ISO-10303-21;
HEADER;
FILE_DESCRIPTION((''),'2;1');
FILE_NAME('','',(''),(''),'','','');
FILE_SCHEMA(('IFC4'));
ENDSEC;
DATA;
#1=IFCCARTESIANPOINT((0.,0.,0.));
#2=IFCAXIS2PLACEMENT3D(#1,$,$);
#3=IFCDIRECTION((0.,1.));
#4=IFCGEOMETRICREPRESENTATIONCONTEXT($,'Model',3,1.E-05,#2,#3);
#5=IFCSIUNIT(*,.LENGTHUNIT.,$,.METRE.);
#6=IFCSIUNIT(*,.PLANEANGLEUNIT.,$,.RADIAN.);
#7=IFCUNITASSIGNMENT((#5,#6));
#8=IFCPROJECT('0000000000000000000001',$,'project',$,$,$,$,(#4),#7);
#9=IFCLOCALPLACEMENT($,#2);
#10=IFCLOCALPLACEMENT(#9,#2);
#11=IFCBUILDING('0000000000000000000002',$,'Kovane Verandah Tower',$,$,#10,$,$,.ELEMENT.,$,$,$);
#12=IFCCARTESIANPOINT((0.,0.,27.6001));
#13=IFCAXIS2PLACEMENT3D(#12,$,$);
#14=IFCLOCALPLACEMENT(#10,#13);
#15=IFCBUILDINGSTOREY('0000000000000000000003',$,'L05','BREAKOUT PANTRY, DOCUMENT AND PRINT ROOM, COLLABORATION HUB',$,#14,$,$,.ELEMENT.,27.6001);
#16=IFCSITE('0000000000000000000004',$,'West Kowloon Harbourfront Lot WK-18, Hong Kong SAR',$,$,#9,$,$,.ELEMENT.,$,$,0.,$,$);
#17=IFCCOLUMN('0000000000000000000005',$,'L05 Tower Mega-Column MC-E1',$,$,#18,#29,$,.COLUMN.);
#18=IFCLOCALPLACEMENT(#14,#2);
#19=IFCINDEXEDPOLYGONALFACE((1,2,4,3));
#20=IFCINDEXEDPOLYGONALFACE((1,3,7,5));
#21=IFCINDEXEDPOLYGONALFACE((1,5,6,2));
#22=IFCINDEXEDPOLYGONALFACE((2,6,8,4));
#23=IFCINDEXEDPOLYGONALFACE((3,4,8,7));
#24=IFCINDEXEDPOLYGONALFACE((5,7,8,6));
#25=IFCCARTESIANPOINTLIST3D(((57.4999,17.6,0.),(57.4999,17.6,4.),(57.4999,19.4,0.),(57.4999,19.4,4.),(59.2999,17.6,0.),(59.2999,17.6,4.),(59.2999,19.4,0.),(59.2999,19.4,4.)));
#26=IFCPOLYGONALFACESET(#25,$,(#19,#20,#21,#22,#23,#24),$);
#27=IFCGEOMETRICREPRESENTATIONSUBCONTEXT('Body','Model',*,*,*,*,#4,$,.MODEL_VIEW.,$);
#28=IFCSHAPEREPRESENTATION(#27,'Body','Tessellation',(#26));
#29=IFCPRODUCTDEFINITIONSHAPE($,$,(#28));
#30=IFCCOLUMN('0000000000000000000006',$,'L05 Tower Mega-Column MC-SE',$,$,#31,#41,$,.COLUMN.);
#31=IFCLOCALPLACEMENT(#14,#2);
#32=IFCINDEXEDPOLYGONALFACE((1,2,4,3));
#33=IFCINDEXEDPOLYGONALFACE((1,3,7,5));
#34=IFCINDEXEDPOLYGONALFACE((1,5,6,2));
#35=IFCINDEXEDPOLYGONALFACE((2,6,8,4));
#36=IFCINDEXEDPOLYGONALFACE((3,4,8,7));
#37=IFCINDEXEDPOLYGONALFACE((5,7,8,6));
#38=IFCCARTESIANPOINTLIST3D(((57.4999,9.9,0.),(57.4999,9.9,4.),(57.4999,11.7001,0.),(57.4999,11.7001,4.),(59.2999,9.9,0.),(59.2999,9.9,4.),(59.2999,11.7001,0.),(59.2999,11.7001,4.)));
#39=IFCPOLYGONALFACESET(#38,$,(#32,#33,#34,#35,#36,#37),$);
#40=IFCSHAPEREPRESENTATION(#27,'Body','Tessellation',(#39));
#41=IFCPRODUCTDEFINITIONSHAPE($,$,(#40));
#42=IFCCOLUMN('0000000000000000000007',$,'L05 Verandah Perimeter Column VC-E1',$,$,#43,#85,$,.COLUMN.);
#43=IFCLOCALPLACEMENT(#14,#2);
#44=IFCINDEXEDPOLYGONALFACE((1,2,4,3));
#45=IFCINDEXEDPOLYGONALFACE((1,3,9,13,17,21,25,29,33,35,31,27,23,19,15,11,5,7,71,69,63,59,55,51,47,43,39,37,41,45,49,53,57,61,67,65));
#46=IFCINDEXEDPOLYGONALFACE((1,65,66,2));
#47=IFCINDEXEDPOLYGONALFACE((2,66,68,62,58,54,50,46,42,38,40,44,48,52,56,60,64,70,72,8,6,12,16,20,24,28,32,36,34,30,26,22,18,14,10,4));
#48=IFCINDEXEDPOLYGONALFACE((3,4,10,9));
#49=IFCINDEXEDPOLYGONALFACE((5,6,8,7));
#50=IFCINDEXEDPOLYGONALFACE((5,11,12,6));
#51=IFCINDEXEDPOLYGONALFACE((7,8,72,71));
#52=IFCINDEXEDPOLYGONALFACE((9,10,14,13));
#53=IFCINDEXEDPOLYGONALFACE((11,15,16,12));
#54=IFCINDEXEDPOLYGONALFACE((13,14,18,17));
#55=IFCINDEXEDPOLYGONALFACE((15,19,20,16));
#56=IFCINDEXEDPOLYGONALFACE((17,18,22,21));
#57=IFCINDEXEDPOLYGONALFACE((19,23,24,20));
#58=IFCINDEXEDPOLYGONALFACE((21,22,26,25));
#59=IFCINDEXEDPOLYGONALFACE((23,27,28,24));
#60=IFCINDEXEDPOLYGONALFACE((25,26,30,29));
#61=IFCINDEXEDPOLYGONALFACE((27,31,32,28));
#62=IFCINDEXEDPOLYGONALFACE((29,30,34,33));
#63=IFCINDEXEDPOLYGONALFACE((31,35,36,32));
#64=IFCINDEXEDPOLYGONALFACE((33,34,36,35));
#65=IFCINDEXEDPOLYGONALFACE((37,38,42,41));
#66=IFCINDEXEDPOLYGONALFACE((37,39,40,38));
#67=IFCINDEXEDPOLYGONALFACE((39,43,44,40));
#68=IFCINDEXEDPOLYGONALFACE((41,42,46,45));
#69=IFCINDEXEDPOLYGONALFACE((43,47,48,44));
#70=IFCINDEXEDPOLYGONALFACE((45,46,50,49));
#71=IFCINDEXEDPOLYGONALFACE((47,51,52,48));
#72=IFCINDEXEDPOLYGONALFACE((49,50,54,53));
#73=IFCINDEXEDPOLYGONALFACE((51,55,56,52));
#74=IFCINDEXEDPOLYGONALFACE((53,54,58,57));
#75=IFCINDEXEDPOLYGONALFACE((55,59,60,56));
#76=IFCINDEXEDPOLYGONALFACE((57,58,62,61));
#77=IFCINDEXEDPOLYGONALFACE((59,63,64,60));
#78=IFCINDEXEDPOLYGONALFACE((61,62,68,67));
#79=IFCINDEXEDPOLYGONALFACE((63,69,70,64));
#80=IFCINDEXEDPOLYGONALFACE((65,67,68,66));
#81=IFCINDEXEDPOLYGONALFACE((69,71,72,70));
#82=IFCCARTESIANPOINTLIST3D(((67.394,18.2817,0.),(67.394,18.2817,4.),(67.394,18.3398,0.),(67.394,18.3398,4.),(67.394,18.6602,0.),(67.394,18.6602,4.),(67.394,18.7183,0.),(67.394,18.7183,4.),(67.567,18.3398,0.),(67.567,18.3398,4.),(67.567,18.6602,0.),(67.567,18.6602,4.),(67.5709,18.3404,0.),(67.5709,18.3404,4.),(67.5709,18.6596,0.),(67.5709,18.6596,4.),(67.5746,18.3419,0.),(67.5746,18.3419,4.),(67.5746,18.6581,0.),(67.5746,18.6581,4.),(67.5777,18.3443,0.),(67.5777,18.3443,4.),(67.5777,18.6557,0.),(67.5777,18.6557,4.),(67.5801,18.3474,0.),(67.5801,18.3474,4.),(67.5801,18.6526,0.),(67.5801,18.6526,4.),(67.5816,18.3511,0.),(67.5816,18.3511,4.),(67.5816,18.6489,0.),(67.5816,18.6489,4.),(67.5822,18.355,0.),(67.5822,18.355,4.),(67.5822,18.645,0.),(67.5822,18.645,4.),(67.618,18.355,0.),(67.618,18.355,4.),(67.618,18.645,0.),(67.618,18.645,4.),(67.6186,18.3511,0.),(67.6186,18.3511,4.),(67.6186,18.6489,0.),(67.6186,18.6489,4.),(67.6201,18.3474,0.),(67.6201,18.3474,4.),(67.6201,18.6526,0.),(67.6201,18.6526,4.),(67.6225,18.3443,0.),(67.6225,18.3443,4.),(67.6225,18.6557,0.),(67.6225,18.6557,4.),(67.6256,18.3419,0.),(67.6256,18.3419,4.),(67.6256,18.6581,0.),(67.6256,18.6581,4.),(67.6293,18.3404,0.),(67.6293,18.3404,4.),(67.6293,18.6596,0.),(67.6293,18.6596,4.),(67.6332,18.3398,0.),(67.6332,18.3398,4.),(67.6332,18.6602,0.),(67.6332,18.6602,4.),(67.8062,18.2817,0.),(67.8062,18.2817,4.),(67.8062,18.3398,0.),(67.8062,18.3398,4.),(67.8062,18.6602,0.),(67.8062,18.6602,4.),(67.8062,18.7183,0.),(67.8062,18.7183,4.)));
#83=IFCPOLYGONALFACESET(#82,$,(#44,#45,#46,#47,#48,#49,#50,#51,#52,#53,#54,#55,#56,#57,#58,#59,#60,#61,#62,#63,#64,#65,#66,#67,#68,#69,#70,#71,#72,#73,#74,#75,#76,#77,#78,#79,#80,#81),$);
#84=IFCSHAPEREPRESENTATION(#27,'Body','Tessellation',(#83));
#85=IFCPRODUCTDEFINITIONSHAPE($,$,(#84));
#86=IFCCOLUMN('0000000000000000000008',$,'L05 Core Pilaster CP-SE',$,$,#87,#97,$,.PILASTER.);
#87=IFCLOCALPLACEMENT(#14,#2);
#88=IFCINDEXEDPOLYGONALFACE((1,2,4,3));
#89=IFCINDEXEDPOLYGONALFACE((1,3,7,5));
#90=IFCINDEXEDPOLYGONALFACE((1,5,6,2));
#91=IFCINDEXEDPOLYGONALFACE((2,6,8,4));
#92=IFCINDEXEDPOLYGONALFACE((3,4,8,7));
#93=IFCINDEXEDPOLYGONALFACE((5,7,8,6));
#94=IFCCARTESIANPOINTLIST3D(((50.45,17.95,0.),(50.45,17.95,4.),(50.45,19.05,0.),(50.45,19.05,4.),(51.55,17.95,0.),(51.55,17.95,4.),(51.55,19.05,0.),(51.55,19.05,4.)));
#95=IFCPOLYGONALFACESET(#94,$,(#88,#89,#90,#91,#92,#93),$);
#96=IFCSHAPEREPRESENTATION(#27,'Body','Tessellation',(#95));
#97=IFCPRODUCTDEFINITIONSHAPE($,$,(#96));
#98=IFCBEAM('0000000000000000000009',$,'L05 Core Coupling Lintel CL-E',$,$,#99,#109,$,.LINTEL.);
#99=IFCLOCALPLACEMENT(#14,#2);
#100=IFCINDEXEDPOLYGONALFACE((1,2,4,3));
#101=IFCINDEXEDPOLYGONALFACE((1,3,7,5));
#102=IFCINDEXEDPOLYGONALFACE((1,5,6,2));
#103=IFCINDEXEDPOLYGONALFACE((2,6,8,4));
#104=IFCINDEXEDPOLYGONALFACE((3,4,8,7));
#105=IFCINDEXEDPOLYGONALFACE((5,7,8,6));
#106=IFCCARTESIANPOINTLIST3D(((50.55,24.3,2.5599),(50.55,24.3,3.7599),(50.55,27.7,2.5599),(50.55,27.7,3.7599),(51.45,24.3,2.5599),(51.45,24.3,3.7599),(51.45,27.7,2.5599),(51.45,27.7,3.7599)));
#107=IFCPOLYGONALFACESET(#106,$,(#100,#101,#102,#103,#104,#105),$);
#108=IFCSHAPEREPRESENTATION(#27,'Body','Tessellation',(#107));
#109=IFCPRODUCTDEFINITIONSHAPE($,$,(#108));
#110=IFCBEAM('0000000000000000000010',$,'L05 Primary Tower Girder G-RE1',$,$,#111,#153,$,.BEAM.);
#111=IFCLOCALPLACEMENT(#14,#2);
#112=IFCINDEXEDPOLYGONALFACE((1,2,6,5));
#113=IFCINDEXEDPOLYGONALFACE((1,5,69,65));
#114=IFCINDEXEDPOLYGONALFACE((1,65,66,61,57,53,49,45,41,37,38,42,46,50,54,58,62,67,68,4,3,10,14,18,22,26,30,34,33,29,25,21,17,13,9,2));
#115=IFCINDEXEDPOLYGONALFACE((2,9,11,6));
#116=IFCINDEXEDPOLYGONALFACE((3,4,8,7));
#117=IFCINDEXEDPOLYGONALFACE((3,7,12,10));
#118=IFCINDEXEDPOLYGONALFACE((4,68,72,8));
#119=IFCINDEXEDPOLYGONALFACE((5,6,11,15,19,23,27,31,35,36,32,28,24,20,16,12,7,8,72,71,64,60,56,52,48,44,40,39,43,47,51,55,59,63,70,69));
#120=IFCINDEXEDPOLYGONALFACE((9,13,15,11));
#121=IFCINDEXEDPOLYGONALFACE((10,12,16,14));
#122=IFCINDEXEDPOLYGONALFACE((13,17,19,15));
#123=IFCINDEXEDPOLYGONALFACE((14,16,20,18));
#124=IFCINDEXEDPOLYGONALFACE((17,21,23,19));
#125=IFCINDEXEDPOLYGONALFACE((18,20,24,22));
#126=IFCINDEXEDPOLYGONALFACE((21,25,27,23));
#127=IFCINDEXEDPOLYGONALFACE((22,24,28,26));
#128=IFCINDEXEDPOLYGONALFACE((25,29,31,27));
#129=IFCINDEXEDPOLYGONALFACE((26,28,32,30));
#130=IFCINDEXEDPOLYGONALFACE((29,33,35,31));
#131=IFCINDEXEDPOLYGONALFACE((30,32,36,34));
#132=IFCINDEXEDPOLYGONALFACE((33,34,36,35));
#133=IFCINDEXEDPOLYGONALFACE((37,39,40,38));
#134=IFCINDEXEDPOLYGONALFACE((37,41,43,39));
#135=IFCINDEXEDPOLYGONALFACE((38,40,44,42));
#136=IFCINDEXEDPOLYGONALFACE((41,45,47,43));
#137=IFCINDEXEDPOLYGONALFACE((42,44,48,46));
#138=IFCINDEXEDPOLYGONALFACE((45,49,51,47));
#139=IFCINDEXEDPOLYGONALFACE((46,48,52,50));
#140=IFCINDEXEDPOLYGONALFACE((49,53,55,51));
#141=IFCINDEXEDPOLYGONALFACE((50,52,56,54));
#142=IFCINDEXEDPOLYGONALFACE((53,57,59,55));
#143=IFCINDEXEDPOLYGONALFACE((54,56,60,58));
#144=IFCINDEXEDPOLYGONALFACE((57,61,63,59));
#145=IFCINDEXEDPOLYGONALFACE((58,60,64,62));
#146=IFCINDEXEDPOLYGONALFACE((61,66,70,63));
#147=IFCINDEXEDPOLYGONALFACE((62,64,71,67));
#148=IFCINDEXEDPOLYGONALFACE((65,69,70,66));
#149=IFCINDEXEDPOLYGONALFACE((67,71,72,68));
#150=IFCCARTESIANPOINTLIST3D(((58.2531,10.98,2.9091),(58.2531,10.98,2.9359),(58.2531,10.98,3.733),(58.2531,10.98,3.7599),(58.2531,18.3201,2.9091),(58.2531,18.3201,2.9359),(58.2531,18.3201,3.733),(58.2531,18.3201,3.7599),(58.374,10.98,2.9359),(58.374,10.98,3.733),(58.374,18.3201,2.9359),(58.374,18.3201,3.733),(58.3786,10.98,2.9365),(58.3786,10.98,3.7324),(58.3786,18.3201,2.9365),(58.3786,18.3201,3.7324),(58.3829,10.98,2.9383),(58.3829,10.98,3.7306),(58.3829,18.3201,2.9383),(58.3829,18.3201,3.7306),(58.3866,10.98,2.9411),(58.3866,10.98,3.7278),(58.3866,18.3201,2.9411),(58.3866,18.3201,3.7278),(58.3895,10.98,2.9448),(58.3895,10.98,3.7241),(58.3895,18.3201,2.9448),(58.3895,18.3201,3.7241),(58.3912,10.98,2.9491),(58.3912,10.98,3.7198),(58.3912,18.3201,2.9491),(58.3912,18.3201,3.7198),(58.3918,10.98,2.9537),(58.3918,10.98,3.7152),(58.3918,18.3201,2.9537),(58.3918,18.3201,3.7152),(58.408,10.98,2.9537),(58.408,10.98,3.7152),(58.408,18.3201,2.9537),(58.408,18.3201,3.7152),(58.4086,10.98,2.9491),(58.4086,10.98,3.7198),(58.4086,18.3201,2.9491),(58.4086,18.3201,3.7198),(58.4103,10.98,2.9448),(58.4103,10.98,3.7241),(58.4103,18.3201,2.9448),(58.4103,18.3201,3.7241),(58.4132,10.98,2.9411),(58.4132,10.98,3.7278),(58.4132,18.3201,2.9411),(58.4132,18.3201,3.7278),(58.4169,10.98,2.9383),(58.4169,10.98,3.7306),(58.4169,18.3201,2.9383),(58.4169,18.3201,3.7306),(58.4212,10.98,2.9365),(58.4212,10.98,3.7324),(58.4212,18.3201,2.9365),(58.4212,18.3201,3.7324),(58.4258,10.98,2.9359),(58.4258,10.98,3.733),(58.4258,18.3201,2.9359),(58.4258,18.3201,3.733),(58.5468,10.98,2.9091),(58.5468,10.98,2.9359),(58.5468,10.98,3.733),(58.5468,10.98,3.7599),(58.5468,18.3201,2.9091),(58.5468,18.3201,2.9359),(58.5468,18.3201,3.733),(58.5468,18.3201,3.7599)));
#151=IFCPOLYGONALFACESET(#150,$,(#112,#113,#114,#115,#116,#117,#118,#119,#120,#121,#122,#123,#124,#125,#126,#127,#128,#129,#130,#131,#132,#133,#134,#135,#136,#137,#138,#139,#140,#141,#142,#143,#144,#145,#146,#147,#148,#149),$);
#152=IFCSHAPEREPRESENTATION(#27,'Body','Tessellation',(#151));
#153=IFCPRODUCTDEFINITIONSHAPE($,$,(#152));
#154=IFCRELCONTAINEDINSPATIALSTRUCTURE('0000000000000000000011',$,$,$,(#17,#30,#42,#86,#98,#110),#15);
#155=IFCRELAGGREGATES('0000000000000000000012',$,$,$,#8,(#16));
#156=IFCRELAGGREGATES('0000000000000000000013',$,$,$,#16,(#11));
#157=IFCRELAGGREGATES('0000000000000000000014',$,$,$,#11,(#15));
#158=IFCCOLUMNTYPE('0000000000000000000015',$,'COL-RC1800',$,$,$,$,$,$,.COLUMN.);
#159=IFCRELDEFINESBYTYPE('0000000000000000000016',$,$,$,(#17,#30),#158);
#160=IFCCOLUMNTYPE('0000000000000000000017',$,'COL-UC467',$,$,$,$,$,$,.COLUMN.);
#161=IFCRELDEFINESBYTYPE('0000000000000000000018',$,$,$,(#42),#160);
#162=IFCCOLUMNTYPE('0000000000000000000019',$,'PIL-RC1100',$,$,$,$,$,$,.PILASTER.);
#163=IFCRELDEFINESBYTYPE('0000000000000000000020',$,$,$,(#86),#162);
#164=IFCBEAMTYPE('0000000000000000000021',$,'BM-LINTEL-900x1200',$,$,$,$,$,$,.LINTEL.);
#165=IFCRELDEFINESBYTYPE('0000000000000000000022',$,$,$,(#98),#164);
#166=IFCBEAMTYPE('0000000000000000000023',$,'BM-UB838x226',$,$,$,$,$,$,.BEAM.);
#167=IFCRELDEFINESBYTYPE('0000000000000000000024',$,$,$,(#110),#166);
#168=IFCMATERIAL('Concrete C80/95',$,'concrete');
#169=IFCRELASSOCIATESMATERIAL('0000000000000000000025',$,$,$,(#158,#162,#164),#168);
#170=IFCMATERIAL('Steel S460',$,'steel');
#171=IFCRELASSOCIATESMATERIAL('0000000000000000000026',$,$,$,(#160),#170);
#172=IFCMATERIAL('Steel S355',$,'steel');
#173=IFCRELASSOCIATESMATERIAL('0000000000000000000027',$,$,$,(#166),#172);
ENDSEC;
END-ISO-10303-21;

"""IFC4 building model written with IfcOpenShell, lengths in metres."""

from ifc_helpers import new_model, si_unit, direction, frame, origin, origin_2d, place, context, subcontext, project, spatial, rectangle, i_section, extrude, material, material_profile, profile_set, type_object, element, save


model = new_model("IFC4")

# Units and contexts
model_context = context("Model", 3, precision=1e-05, world=origin(), true_north=direction((0.0, 1.0)))
body_context = subcontext(model_context, "Body", "Model", "MODEL_VIEW")
ifc_project = project(units=[si_unit("LENGTHUNIT", "METRE"), si_unit("PLANEANGLEUNIT", "RADIAN")], contexts=[model_context])

# Site, building, storey
site_placement = place(None, origin())
site = spatial("IfcSite", under=ifc_project, at=site_placement, Name="West Kowloon Harbourfront Lot WK-18, Hong Kong SAR", CompositionType="ELEMENT", RefElevation=0.0)
building_placement = place(site_placement, origin())
building = spatial("IfcBuilding", under=site, at=building_placement, Name="Kovane Verandah Tower", CompositionType="ELEMENT")
storey_placement = place(building_placement, frame((0.0, 0.0, 27.6001)))
storey = spatial("IfcBuildingStorey", under=building, at=storey_placement, Name="L05", Description="BREAKOUT PANTRY, DOCUMENT AND PRINT ROOM, COLLABORATION HUB", CompositionType="ELEMENT", Elevation=27.6001)

# Columns
ifc_material_1 = material(Name="Concrete C80/95", Category="concrete")
ifc_material_profile_1 = material_profile(ifc_material_1, rectangle(XDim=1.8, YDim=1.8, at=origin_2d()), Name="RC1800x1800")
ifc_profile_set_1 = profile_set([ifc_material_profile_1], Name="Concrete C80/95")
column_type_1 = type_object("IfcColumnType", Name="COL-RC1800", PredefinedType="COLUMN", material=ifc_profile_set_1)
for number, where, z_axis, x_axis, name in (
    (1, (58.3999, 18.5, 0.0), (0.0, 0.0, 1.0), (1.0, 0.0, 0.0), "L05 Tower Mega-Column MC-E1"),
    (2, (58.3999, 10.8, 0.0), (0.0, 0.0, 1.0), (1.0, 0.0, 0.0), "L05 Tower Mega-Column MC-SE"),
):
    element("IfcColumn", number, at=place(storey_placement, frame(where, z_axis=z_axis, x_axis=x_axis)), inside=storey, type_object=column_type_1, Name=name, PredefinedType="COLUMN", context=body_context, shape_type="SweptSolid", body=[
        extrude(rectangle(XDim=1.8, YDim=1.8, at=origin_2d()), origin(), (0.0, 0.0, 1.0), 4.0),
    ])
ifc_material_2 = material(Name="Steel S460", Category="steel")
ifc_material_profile_2 = material_profile(ifc_material_2, i_section(OverallWidth=0.4121, OverallDepth=0.4365, WebThickness=0.0359, FlangeThickness=0.0581, FilletRadius=0.0151, at=origin_2d()), Name="UC356x406x467")
ifc_profile_set_2 = profile_set([ifc_material_profile_2], Name="Steel S460")
column_type_2 = type_object("IfcColumnType", Name="COL-UC467", PredefinedType="COLUMN", material=ifc_profile_set_2)
column_1_placement = place(storey_placement, frame((67.6001, 18.5, 0.0), z_axis=(0.0, 0.0, 1.0), x_axis=(1.0, 0.0, 0.0)))
element("IfcColumn", 3, at=column_1_placement, inside=storey, type_object=column_type_2, Name="L05 Verandah Perimeter Column VC-E1", PredefinedType="COLUMN", context=body_context, shape_type="SweptSolid", body=[
    extrude(i_section(OverallWidth=0.4121, OverallDepth=0.4365, WebThickness=0.0359, FlangeThickness=0.0581, FilletRadius=0.0151, at=origin_2d()), origin(), (0.0, 0.0, 1.0), 4.0),
])
ifc_material_profile_3 = material_profile(ifc_material_1, rectangle(XDim=1.1001, YDim=1.1001, at=origin_2d()), Name="RC1100x1100")
ifc_profile_set_3 = profile_set([ifc_material_profile_3], Name="Concrete C80/95")
column_type_3 = type_object("IfcColumnType", Name="PIL-RC1100", PredefinedType="PILASTER", material=ifc_profile_set_3)
column_2_placement = place(storey_placement, frame((51.0, 18.5, 0.0), z_axis=(0.0, 0.0, 1.0), x_axis=(1.0, 0.0, 0.0)))
element("IfcColumn", 4, at=column_2_placement, inside=storey, type_object=column_type_3, Name="L05 Core Pilaster CP-SE", PredefinedType="PILASTER", context=body_context, shape_type="SweptSolid", body=[
    extrude(rectangle(XDim=1.1001, YDim=1.1001, at=origin_2d()), origin(), (0.0, 0.0, 1.0), 4.0),
])

# Beams
ifc_material_profile_4 = material_profile(ifc_material_1, rectangle(XDim=0.8999, YDim=1.2, at=origin_2d()), Name="RCB900x1200")
ifc_profile_set_4 = profile_set([ifc_material_profile_4], Name="Concrete C80/95")
beam_type_1 = type_object("IfcBeamType", Name="BM-LINTEL-900x1200", PredefinedType="LINTEL", material=ifc_profile_set_4)
beam_1_placement = place(storey_placement, frame((51.0, 24.3, 3.1599), z_axis=(0.0, 1.0, 0.0), x_axis=(-1.0, 0.0, 0.0)))
element("IfcBeam", 5, at=beam_1_placement, inside=storey, type_object=beam_type_1, Name="L05 Core Coupling Lintel CL-E", PredefinedType="LINTEL", context=body_context, shape_type="SweptSolid", body=[
    extrude(rectangle(XDim=0.8999, YDim=1.2, at=origin_2d()), origin(), (0.0, 0.0, 1.0), 3.3999),
])
ifc_material_3 = material(Name="Steel S355", Category="steel")
ifc_material_profile_5 = material_profile(ifc_material_3, i_section(OverallWidth=0.2937, OverallDepth=0.8508, WebThickness=0.0161, FlangeThickness=0.0269, FilletRadius=0.0178, at=origin_2d()), Name="UB838x292x226")
ifc_profile_set_5 = profile_set([ifc_material_profile_5], Name="Steel S355")
beam_type_2 = type_object("IfcBeamType", Name="BM-UB838x226", PredefinedType="BEAM", material=ifc_profile_set_5)
beam_2_placement = place(storey_placement, frame((58.3999, 10.98, 3.3345), z_axis=(0.0, 1.0, 0.0), x_axis=(-1.0, 0.0, 0.0)))
element("IfcBeam", 6, at=beam_2_placement, inside=storey, type_object=beam_type_2, Name="L05 Primary Tower Girder G-RE1", PredefinedType="BEAM", context=body_context, shape_type="SweptSolid", body=[
    extrude(i_section(OverallWidth=0.2937, OverallDepth=0.8508, WebThickness=0.0161, FlangeThickness=0.0269, FilletRadius=0.0178, at=origin_2d()), origin(), (0.0, 0.0, 1.0), 7.3401),
])

save(model, "model.ifc")
